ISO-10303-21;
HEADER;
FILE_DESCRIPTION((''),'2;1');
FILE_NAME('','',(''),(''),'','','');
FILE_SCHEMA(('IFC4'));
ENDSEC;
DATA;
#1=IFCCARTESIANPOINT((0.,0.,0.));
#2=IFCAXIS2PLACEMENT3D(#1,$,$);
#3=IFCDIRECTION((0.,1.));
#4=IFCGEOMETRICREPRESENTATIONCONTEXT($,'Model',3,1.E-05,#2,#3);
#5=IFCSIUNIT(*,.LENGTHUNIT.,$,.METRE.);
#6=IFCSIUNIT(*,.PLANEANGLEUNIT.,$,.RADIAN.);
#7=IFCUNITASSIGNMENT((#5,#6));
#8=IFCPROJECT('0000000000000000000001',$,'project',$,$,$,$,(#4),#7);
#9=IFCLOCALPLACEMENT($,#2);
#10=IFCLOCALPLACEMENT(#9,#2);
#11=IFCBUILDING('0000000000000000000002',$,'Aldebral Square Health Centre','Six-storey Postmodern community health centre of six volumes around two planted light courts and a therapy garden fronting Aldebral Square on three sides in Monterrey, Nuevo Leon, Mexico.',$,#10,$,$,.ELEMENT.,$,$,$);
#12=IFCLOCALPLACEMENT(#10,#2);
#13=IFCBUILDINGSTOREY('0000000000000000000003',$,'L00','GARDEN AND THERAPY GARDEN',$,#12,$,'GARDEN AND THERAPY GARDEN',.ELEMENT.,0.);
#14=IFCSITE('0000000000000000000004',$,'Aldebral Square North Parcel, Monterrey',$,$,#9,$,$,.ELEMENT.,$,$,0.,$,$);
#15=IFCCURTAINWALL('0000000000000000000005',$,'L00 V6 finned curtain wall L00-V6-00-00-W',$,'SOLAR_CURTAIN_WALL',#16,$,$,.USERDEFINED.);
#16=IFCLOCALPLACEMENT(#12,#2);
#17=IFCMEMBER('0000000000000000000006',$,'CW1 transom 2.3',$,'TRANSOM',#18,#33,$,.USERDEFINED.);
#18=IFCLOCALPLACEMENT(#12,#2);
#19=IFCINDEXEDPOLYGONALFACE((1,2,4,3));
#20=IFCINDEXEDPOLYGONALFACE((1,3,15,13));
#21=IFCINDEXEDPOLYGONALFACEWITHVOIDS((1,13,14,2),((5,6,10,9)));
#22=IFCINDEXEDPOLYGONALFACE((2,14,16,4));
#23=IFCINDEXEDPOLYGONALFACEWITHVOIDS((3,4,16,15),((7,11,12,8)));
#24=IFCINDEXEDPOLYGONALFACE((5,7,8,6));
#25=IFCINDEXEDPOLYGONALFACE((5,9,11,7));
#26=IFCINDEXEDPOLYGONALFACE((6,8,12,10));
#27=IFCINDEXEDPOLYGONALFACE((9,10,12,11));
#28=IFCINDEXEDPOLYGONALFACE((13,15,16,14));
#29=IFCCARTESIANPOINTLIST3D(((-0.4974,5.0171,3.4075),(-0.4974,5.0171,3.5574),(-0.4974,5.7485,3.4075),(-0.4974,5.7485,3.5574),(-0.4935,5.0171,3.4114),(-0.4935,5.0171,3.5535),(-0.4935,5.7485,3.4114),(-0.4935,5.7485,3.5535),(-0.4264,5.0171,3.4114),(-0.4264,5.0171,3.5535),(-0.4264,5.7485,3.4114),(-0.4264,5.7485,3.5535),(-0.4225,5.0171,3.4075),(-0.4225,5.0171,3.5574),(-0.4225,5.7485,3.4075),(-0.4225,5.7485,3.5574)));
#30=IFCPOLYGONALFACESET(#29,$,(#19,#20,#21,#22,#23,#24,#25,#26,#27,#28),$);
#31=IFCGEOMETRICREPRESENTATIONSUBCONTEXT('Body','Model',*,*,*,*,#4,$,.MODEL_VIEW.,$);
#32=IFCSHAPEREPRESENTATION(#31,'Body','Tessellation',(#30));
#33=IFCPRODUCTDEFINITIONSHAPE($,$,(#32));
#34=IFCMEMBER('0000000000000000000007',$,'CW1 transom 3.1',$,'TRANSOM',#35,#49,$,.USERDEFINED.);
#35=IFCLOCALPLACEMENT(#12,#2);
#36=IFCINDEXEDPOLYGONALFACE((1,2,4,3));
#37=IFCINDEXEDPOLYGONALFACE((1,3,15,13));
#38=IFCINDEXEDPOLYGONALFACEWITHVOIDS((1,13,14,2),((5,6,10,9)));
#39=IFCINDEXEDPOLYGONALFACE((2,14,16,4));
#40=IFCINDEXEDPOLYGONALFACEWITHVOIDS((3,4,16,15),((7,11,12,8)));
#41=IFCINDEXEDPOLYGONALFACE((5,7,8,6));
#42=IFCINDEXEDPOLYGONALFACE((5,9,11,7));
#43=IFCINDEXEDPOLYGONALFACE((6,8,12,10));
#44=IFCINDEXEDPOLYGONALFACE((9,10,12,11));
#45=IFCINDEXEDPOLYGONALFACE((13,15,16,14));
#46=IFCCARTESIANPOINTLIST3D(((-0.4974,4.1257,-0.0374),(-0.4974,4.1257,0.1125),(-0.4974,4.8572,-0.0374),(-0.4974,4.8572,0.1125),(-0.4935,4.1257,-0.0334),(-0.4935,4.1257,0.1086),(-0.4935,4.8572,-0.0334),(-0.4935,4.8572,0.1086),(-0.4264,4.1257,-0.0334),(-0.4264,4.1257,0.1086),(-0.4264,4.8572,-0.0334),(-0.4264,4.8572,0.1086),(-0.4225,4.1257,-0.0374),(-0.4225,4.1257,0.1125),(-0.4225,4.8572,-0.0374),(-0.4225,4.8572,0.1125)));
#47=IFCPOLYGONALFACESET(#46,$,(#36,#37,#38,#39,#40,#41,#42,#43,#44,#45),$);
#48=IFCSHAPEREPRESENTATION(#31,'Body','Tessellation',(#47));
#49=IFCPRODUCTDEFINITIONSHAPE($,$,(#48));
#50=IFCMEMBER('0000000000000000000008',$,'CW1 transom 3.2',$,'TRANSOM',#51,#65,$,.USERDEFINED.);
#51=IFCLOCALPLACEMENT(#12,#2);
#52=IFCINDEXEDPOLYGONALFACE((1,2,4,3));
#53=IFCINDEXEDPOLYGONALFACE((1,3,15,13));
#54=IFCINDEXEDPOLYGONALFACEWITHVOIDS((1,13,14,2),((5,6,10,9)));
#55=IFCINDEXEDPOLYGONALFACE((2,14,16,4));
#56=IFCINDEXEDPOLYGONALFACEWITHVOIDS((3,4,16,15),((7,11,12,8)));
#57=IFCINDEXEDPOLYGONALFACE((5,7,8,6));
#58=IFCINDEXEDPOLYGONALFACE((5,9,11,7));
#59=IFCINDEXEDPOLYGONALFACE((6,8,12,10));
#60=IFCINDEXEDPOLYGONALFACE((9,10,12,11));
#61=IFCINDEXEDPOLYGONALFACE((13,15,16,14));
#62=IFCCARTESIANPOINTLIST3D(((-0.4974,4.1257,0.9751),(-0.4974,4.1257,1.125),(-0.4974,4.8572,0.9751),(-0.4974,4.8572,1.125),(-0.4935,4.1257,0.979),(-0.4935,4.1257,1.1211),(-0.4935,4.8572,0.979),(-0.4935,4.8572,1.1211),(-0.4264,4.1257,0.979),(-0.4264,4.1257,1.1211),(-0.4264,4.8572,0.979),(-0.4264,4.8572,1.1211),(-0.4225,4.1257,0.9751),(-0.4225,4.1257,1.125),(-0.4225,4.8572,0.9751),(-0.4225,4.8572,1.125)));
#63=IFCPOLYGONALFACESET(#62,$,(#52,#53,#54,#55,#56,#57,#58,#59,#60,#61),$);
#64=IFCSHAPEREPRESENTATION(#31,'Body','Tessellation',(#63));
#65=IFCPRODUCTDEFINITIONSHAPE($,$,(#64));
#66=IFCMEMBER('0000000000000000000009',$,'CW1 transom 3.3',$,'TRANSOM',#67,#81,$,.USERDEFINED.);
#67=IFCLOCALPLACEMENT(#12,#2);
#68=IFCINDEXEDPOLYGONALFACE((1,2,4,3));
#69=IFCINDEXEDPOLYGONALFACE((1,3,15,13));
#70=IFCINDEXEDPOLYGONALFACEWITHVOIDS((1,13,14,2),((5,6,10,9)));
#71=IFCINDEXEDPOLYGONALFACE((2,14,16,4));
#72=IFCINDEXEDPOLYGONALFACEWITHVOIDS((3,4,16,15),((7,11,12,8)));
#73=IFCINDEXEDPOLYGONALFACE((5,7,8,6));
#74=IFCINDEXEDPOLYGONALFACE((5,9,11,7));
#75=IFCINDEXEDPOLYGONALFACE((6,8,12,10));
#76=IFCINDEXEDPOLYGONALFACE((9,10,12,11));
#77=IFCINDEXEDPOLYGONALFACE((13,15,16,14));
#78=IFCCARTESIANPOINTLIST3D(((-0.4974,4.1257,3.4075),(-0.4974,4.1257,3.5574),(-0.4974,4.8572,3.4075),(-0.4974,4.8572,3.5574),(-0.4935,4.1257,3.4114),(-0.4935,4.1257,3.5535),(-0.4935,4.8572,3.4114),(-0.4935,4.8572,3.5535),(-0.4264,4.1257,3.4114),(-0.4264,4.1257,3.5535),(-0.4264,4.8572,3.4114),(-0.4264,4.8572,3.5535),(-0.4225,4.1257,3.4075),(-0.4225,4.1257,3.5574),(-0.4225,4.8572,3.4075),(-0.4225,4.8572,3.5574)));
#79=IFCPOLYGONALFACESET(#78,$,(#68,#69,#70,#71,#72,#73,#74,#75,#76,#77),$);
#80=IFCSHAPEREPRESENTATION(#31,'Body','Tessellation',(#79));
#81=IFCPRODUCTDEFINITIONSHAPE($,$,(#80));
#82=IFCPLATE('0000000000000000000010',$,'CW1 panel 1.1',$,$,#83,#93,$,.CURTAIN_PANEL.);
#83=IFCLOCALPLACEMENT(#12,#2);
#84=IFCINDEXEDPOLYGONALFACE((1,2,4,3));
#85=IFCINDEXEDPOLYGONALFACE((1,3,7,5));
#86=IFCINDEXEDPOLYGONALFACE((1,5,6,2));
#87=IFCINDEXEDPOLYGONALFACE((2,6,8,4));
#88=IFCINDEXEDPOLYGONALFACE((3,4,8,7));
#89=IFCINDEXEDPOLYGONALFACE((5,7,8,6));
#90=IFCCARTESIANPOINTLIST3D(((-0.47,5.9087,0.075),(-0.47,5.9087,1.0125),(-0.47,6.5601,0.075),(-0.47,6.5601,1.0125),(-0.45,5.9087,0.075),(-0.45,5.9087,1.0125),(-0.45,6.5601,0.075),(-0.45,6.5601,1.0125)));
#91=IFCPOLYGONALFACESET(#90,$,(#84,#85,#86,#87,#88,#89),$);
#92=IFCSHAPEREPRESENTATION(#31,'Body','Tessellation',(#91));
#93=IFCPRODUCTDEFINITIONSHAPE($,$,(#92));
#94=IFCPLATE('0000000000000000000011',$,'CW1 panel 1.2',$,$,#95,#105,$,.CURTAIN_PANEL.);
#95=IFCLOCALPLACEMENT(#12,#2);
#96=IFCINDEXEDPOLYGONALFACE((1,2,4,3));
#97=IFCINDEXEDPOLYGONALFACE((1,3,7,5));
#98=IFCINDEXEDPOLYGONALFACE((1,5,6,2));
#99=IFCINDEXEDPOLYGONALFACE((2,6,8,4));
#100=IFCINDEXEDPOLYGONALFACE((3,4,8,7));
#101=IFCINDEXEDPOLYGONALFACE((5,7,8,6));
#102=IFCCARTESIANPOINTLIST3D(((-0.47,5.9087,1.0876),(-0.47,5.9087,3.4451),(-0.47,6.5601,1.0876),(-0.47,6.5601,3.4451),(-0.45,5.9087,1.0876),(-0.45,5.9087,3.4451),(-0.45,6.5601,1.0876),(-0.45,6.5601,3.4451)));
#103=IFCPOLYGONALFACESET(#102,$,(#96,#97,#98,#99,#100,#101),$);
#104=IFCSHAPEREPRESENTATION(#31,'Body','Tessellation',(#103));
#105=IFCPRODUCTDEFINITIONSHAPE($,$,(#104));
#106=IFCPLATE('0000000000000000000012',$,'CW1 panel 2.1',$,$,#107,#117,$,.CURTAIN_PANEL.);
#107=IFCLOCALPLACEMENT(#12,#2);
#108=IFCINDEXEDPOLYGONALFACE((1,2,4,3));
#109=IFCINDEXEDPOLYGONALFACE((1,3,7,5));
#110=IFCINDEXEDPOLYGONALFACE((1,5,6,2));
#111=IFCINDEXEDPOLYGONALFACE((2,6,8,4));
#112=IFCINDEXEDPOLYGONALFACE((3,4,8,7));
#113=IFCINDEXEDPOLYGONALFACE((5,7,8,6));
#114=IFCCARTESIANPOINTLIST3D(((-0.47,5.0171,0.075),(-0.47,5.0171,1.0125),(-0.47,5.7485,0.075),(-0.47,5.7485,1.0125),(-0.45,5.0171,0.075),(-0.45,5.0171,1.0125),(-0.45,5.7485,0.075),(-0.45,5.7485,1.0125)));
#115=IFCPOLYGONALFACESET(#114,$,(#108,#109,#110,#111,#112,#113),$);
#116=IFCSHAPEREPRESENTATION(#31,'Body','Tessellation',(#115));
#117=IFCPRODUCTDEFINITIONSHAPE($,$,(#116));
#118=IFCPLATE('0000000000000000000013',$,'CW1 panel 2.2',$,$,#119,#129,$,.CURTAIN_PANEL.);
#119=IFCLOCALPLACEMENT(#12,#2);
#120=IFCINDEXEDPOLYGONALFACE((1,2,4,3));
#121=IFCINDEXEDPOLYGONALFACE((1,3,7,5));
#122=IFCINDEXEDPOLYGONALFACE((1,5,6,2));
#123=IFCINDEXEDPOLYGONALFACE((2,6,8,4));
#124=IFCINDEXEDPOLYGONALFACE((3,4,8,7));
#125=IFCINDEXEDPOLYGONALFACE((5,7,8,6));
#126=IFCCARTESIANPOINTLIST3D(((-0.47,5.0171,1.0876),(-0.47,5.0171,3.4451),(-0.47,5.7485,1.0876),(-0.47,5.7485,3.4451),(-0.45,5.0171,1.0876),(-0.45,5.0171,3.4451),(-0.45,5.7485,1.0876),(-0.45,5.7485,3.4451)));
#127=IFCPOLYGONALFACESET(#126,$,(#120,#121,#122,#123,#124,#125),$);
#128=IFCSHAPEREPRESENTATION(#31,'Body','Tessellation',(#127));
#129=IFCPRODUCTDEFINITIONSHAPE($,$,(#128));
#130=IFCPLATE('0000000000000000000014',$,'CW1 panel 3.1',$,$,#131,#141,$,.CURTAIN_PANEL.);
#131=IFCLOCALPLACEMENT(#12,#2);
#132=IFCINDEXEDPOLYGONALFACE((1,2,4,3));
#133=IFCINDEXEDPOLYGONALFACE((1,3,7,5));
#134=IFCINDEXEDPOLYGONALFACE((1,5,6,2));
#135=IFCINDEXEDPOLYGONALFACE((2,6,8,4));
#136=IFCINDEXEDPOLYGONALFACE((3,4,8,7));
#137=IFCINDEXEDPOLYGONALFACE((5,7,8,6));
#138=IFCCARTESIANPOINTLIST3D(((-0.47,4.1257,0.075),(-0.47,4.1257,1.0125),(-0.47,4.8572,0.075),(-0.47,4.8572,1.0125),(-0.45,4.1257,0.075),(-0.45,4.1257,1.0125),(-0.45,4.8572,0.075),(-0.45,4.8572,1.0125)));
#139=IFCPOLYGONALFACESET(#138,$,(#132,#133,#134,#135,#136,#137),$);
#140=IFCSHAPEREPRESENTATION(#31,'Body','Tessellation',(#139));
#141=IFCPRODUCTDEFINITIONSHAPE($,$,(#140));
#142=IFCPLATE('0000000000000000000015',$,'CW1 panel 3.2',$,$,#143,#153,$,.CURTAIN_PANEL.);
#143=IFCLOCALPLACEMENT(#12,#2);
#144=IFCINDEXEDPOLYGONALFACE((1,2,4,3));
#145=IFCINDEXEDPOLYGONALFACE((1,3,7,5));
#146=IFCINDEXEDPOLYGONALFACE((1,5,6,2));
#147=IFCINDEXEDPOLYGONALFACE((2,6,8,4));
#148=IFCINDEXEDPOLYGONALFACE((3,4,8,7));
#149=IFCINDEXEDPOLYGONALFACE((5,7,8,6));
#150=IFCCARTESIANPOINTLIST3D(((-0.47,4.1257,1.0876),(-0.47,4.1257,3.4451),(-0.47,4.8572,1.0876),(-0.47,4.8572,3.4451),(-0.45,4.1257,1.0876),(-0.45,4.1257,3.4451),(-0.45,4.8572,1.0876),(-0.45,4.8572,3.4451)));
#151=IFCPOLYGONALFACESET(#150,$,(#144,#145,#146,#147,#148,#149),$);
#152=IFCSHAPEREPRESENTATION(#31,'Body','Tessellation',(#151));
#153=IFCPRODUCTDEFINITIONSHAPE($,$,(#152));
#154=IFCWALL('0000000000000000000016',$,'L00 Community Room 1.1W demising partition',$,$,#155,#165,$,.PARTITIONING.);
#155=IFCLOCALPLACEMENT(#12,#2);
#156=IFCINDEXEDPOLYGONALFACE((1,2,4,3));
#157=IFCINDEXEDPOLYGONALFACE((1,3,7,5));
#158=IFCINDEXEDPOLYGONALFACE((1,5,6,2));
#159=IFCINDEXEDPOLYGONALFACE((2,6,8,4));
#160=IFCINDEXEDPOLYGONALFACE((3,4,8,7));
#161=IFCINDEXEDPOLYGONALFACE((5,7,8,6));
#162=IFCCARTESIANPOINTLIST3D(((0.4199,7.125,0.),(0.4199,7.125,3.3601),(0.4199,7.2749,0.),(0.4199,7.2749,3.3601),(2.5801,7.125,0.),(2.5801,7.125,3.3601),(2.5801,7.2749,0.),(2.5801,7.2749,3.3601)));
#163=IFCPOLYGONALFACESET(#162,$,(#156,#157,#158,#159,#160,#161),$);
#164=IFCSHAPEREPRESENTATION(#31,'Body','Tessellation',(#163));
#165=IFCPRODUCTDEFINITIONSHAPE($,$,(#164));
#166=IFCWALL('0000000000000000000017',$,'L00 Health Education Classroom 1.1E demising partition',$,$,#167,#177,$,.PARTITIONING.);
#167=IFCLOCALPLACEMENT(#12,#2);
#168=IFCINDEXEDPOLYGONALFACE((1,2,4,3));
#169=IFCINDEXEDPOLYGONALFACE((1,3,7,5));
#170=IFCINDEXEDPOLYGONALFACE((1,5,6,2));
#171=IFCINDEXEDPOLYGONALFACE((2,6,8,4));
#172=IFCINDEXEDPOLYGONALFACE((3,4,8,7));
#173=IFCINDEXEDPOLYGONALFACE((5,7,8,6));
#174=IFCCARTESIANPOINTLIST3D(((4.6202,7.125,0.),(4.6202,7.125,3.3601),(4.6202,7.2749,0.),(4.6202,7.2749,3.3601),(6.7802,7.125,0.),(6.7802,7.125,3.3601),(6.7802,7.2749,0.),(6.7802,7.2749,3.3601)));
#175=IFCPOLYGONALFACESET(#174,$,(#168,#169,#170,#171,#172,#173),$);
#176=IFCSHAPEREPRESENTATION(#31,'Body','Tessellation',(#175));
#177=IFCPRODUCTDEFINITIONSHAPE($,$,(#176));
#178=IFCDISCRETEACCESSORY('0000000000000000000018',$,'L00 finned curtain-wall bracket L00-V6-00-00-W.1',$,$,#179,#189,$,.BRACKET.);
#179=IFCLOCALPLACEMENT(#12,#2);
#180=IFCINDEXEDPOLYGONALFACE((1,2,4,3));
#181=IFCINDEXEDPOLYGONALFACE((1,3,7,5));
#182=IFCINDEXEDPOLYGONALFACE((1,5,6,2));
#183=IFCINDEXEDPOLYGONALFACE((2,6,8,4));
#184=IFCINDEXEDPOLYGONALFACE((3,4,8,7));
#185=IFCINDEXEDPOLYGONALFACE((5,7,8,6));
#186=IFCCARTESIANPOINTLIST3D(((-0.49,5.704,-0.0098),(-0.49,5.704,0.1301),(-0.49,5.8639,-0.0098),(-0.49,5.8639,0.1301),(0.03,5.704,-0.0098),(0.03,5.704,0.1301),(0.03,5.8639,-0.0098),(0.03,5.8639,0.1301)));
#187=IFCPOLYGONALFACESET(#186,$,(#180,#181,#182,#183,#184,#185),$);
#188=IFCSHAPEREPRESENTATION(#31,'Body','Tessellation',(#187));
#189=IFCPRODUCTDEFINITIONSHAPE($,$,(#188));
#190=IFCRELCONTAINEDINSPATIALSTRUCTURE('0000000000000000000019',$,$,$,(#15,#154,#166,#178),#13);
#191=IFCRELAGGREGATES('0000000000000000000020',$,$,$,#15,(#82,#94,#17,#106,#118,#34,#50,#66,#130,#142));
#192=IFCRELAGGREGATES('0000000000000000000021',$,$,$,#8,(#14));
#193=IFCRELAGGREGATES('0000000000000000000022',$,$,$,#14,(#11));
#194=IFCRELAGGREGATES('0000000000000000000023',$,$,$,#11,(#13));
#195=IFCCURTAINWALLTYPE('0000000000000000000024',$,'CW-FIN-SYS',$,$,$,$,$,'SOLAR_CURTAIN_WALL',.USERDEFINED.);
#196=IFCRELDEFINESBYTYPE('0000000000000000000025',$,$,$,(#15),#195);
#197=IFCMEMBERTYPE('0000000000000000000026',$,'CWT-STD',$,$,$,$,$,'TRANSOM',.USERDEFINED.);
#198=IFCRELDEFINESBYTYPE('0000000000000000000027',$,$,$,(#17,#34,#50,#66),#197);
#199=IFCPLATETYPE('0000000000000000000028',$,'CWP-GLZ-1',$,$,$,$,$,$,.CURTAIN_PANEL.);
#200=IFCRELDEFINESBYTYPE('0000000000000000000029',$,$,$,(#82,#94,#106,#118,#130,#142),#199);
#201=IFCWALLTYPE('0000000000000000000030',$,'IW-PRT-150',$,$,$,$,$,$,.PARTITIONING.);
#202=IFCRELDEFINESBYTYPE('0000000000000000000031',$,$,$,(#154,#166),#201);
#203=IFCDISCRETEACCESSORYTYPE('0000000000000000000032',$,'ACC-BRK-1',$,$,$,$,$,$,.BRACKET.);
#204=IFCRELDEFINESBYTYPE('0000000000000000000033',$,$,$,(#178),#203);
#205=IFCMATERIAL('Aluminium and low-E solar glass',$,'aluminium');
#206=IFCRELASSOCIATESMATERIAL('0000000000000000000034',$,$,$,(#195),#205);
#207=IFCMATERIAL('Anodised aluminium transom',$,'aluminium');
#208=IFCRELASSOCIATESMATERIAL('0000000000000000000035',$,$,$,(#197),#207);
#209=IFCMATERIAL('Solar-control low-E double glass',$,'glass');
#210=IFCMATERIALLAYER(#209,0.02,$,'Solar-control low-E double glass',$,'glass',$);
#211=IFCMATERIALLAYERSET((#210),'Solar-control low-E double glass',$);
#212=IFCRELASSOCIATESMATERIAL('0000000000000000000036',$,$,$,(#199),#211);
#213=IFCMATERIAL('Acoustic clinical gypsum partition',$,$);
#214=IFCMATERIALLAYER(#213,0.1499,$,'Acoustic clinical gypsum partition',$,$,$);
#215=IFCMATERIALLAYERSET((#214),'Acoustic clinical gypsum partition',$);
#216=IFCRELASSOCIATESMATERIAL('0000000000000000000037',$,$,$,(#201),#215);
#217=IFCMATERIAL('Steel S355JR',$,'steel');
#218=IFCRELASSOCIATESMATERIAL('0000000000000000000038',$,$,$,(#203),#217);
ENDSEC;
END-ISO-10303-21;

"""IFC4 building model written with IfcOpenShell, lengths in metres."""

from ifc_helpers import new_model, si_unit, direction, frame, frame_2d, origin, origin_2d, place, context, subcontext, project, spatial, rectangle, hollow_rectangle, extrude, material, layer, layer_set, material_profile, profile_set, type_object, element, aggregate, save


model = new_model("IFC4")

# Units and contexts
model_context = context("Model", 3, precision=1e-05, world=origin(), true_north=direction((0.0, 1.0)))
body_context = subcontext(model_context, "Body", "Model", "MODEL_VIEW")
ifc_project = project(units=[si_unit("LENGTHUNIT", "METRE"), si_unit("PLANEANGLEUNIT", "RADIAN")], contexts=[model_context])

# Site, building, storey
site_placement = place(None, origin())
site = spatial("IfcSite", under=ifc_project, at=site_placement, Name="Aldebral Square North Parcel, Monterrey", CompositionType="ELEMENT", RefElevation=0.0)
building_placement = place(site_placement, origin())
building = spatial("IfcBuilding", under=site, at=building_placement, Name="Aldebral Square Health Centre", Description="Six-storey Postmodern community health centre of six volumes around two planted light courts and a therapy garden fronting Aldebral Square on three sides in Monterrey, Nuevo Leon, Mexico.", CompositionType="ELEMENT")
storey_placement = place(building_placement, origin())
storey = spatial("IfcBuildingStorey", under=building, at=storey_placement, Name="L00", Description="GARDEN AND THERAPY GARDEN", LongName="GARDEN AND THERAPY GARDEN", CompositionType="ELEMENT", Elevation=0.0)

# Curtain wall, members, plates
ifc_material_1 = material(Name="Aluminium and low-E solar glass", Category="aluminium")
curtain_wall_type = type_object("IfcCurtainWallType", Name="CW-FIN-SYS", ElementType="SOLAR_CURTAIN_WALL", PredefinedType="USERDEFINED", material=ifc_material_1)
curtain_wall_placement = place(storey_placement, origin())
curtain_wall = element("IfcCurtainWall", 1, at=curtain_wall_placement, inside=storey, type_object=curtain_wall_type, Name="L00 V6 finned curtain wall L00-V6-00-00-W", ObjectType="SOLAR_CURTAIN_WALL", PredefinedType="USERDEFINED")
ifc_material_2 = material(Name="Anodised aluminium transom", Category="aluminium")
ifc_material_profile_1 = material_profile(ifc_material_2, hollow_rectangle(XDim=0.075, YDim=0.1499, WallThickness=0.0039, at=origin_2d()), Name="CWT 75x150x4")
ifc_profile_set_1 = profile_set([ifc_material_profile_1], Name="Anodised aluminium transom")
member_type_1 = type_object("IfcMemberType", Name="CWT-STD", ElementType="TRANSOM", PredefinedType="USERDEFINED", material=ifc_profile_set_1)
member_1_placement = place(storey_placement, frame((-0.46, 5.7485, 3.4824), z_axis=(0.0, -1.0, 0.0), x_axis=(1.0, 0.0, 0.0)))
member_1 = element("IfcMember", 2, at=member_1_placement, type_object=member_type_1, Name="CW1 transom 2.3", ObjectType="TRANSOM", PredefinedType="USERDEFINED", context=body_context, shape_type="SweptSolid", body=[
    extrude(hollow_rectangle(XDim=0.075, YDim=0.1499, WallThickness=0.0039, at=origin_2d()), origin(), (0.0, 0.0, 1.0), 0.7314),
])
member_2_placement = place(storey_placement, frame((-0.46, 4.8572, 0.0376), z_axis=(0.0, -1.0, 0.0), x_axis=(1.0, 0.0, 0.0)))
member_2 = element("IfcMember", 3, at=member_2_placement, type_object=member_type_1, Name="CW1 transom 3.1", ObjectType="TRANSOM", PredefinedType="USERDEFINED", context=body_context, shape_type="SweptSolid", body=[
    extrude(hollow_rectangle(XDim=0.075, YDim=0.1499, WallThickness=0.0039, at=origin_2d()), origin(), (0.0, 0.0, 1.0), 0.7314),
])
member_3_placement = place(storey_placement, frame((-0.46, 4.8572, 1.05), z_axis=(0.0, -1.0, 0.0), x_axis=(1.0, 0.0, 0.0)))
member_3 = element("IfcMember", 4, at=member_3_placement, type_object=member_type_1, Name="CW1 transom 3.2", ObjectType="TRANSOM", PredefinedType="USERDEFINED", context=body_context, shape_type="SweptSolid", body=[
    extrude(hollow_rectangle(XDim=0.075, YDim=0.1499, WallThickness=0.0039, at=origin_2d()), origin(), (0.0, 0.0, 1.0), 0.7314),
])
member_4_placement = place(storey_placement, frame((-0.46, 4.8572, 3.4824), z_axis=(0.0, -1.0, 0.0), x_axis=(1.0, 0.0, 0.0)))
member_4 = element("IfcMember", 5, at=member_4_placement, type_object=member_type_1, Name="CW1 transom 3.3", ObjectType="TRANSOM", PredefinedType="USERDEFINED", context=body_context, shape_type="SweptSolid", body=[
    extrude(hollow_rectangle(XDim=0.075, YDim=0.1499, WallThickness=0.0039, at=origin_2d()), origin(), (0.0, 0.0, 1.0), 0.7314),
])
ifc_material_3 = material(Name="Solar-control low-E double glass", Category="glass")
ifc_layer_1 = layer(ifc_material_3, 0.02, Name="Solar-control low-E double glass", Category="glass")
ifc_layer_set_1 = layer_set([ifc_layer_1], Name="Solar-control low-E double glass")
plate_type = type_object("IfcPlateType", Name="CWP-GLZ-1", PredefinedType="CURTAIN_PANEL", material=ifc_layer_set_1)
plate_1_placement = place(storey_placement, frame((-0.46, 6.2344, 0.075), z_axis=(0.0, 0.0, 1.0), x_axis=(0.0, -1.0, 0.0)))
plate_1 = element("IfcPlate", 6, at=plate_1_placement, type_object=plate_type, Name="CW1 panel 1.1", PredefinedType="CURTAIN_PANEL", context=body_context, shape_type="SweptSolid", body=[
    extrude(rectangle(XDim=0.6514, YDim=0.02, at=origin_2d()), origin(), (0.0, 0.0, 1.0), 0.9375),
])
plate_2_placement = place(storey_placement, frame((-0.46, 6.2344, 1.0876), z_axis=(0.0, 0.0, 1.0), x_axis=(0.0, -1.0, 0.0)))
plate_2 = element("IfcPlate", 7, at=plate_2_placement, type_object=plate_type, Name="CW1 panel 1.2", PredefinedType="CURTAIN_PANEL", context=body_context, shape_type="SweptSolid", body=[
    extrude(rectangle(XDim=0.6514, YDim=0.02, at=origin_2d()), origin(), (0.0, 0.0, 1.0), 2.3574),
])
plate_3_placement = place(storey_placement, frame((-0.46, 5.3828, 0.075), z_axis=(0.0, 0.0, 1.0), x_axis=(0.0, -1.0, 0.0)))
plate_3 = element("IfcPlate", 8, at=plate_3_placement, type_object=plate_type, Name="CW1 panel 2.1", PredefinedType="CURTAIN_PANEL", context=body_context, shape_type="SweptSolid", body=[
    extrude(rectangle(XDim=0.7314, YDim=0.02, at=origin_2d()), origin(), (0.0, 0.0, 1.0), 0.9375),
])
plate_4_placement = place(storey_placement, frame((-0.46, 5.3828, 1.0876), z_axis=(0.0, 0.0, 1.0), x_axis=(0.0, -1.0, 0.0)))
plate_4 = element("IfcPlate", 9, at=plate_4_placement, type_object=plate_type, Name="CW1 panel 2.2", PredefinedType="CURTAIN_PANEL", context=body_context, shape_type="SweptSolid", body=[
    extrude(rectangle(XDim=0.7314, YDim=0.02, at=origin_2d()), origin(), (0.0, 0.0, 1.0), 2.3574),
])
plate_5_placement = place(storey_placement, frame((-0.46, 4.4915, 0.075), z_axis=(0.0, 0.0, 1.0), x_axis=(0.0, -1.0, 0.0)))
plate_5 = element("IfcPlate", 10, at=plate_5_placement, type_object=plate_type, Name="CW1 panel 3.1", PredefinedType="CURTAIN_PANEL", context=body_context, shape_type="SweptSolid", body=[
    extrude(rectangle(XDim=0.7314, YDim=0.02, at=origin_2d()), origin(), (0.0, 0.0, 1.0), 0.9375),
])
plate_6_placement = place(storey_placement, frame((-0.46, 4.4915, 1.0876), z_axis=(0.0, 0.0, 1.0), x_axis=(0.0, -1.0, 0.0)))
plate_6 = element("IfcPlate", 11, at=plate_6_placement, type_object=plate_type, Name="CW1 panel 3.2", PredefinedType="CURTAIN_PANEL", context=body_context, shape_type="SweptSolid", body=[
    extrude(rectangle(XDim=0.7314, YDim=0.02, at=origin_2d()), origin(), (0.0, 0.0, 1.0), 2.3574),
])
aggregate(curtain_wall, [plate_1, plate_2, member_1, plate_3, plate_4, member_2, member_3, member_4, plate_5, plate_6])

# Walls
ifc_material_4 = material(Name="Acoustic clinical gypsum partition")
ifc_layer_2 = layer(ifc_material_4, 0.1499, Name="Acoustic clinical gypsum partition")
ifc_layer_set_2 = layer_set([ifc_layer_2], Name="Acoustic clinical gypsum partition")
wall_type = type_object("IfcWallType", Name="IW-PRT-150", PredefinedType="PARTITIONING", material=ifc_layer_set_2)
wall_1_placement = place(storey_placement, frame((0.4199, 7.2, 0.0), z_axis=(0.0, 0.0, 1.0), x_axis=(1.0, 0.0, 0.0)))
element("IfcWall", 12, at=wall_1_placement, inside=storey, type_object=wall_type, Name="L00 Community Room 1.1W demising partition", PredefinedType="PARTITIONING", context=body_context, shape_type="SweptSolid", body=[
    extrude(rectangle(XDim=2.1602, YDim=0.1499, at=frame_2d((1.0801, 0.0))), origin(), (0.0, 0.0, 1.0), 3.3601),
])
wall_2_placement = place(storey_placement, frame((4.6201, 7.2, 0.0), z_axis=(0.0, 0.0, 1.0), x_axis=(1.0, 0.0, 0.0)))
element("IfcWall", 13, at=wall_2_placement, inside=storey, type_object=wall_type, Name="L00 Health Education Classroom 1.1E demising partition", PredefinedType="PARTITIONING", context=body_context, shape_type="SweptSolid", body=[
    extrude(rectangle(XDim=2.1599, YDim=0.1499, at=frame_2d((1.0801, 0.0))), origin(), (0.0, 0.0, 1.0), 3.3601),
])

# Discrete accessory
ifc_material_5 = material(Name="Steel S355JR", Category="steel")
discrete_accessory_type = type_object("IfcDiscreteAccessoryType", Name="ACC-BRK-1", PredefinedType="BRACKET", material=ifc_material_5)
discrete_accessory_placement = place(storey_placement, frame((-0.23, 5.7839, -0.0098), z_axis=(0.0, 0.0, 1.0), x_axis=(0.0, 1.0, 0.0)))
element("IfcDiscreteAccessory", 14, at=discrete_accessory_placement, inside=storey, type_object=discrete_accessory_type, Name="L00 finned curtain-wall bracket L00-V6-00-00-W.1", PredefinedType="BRACKET", context=body_context, shape_type="SweptSolid", body=[
    extrude(rectangle(XDim=0.1599, YDim=0.52, at=origin_2d()), origin(), (0.0, 0.0, 1.0), 0.1399),
])

save(model, "model.ifc")
